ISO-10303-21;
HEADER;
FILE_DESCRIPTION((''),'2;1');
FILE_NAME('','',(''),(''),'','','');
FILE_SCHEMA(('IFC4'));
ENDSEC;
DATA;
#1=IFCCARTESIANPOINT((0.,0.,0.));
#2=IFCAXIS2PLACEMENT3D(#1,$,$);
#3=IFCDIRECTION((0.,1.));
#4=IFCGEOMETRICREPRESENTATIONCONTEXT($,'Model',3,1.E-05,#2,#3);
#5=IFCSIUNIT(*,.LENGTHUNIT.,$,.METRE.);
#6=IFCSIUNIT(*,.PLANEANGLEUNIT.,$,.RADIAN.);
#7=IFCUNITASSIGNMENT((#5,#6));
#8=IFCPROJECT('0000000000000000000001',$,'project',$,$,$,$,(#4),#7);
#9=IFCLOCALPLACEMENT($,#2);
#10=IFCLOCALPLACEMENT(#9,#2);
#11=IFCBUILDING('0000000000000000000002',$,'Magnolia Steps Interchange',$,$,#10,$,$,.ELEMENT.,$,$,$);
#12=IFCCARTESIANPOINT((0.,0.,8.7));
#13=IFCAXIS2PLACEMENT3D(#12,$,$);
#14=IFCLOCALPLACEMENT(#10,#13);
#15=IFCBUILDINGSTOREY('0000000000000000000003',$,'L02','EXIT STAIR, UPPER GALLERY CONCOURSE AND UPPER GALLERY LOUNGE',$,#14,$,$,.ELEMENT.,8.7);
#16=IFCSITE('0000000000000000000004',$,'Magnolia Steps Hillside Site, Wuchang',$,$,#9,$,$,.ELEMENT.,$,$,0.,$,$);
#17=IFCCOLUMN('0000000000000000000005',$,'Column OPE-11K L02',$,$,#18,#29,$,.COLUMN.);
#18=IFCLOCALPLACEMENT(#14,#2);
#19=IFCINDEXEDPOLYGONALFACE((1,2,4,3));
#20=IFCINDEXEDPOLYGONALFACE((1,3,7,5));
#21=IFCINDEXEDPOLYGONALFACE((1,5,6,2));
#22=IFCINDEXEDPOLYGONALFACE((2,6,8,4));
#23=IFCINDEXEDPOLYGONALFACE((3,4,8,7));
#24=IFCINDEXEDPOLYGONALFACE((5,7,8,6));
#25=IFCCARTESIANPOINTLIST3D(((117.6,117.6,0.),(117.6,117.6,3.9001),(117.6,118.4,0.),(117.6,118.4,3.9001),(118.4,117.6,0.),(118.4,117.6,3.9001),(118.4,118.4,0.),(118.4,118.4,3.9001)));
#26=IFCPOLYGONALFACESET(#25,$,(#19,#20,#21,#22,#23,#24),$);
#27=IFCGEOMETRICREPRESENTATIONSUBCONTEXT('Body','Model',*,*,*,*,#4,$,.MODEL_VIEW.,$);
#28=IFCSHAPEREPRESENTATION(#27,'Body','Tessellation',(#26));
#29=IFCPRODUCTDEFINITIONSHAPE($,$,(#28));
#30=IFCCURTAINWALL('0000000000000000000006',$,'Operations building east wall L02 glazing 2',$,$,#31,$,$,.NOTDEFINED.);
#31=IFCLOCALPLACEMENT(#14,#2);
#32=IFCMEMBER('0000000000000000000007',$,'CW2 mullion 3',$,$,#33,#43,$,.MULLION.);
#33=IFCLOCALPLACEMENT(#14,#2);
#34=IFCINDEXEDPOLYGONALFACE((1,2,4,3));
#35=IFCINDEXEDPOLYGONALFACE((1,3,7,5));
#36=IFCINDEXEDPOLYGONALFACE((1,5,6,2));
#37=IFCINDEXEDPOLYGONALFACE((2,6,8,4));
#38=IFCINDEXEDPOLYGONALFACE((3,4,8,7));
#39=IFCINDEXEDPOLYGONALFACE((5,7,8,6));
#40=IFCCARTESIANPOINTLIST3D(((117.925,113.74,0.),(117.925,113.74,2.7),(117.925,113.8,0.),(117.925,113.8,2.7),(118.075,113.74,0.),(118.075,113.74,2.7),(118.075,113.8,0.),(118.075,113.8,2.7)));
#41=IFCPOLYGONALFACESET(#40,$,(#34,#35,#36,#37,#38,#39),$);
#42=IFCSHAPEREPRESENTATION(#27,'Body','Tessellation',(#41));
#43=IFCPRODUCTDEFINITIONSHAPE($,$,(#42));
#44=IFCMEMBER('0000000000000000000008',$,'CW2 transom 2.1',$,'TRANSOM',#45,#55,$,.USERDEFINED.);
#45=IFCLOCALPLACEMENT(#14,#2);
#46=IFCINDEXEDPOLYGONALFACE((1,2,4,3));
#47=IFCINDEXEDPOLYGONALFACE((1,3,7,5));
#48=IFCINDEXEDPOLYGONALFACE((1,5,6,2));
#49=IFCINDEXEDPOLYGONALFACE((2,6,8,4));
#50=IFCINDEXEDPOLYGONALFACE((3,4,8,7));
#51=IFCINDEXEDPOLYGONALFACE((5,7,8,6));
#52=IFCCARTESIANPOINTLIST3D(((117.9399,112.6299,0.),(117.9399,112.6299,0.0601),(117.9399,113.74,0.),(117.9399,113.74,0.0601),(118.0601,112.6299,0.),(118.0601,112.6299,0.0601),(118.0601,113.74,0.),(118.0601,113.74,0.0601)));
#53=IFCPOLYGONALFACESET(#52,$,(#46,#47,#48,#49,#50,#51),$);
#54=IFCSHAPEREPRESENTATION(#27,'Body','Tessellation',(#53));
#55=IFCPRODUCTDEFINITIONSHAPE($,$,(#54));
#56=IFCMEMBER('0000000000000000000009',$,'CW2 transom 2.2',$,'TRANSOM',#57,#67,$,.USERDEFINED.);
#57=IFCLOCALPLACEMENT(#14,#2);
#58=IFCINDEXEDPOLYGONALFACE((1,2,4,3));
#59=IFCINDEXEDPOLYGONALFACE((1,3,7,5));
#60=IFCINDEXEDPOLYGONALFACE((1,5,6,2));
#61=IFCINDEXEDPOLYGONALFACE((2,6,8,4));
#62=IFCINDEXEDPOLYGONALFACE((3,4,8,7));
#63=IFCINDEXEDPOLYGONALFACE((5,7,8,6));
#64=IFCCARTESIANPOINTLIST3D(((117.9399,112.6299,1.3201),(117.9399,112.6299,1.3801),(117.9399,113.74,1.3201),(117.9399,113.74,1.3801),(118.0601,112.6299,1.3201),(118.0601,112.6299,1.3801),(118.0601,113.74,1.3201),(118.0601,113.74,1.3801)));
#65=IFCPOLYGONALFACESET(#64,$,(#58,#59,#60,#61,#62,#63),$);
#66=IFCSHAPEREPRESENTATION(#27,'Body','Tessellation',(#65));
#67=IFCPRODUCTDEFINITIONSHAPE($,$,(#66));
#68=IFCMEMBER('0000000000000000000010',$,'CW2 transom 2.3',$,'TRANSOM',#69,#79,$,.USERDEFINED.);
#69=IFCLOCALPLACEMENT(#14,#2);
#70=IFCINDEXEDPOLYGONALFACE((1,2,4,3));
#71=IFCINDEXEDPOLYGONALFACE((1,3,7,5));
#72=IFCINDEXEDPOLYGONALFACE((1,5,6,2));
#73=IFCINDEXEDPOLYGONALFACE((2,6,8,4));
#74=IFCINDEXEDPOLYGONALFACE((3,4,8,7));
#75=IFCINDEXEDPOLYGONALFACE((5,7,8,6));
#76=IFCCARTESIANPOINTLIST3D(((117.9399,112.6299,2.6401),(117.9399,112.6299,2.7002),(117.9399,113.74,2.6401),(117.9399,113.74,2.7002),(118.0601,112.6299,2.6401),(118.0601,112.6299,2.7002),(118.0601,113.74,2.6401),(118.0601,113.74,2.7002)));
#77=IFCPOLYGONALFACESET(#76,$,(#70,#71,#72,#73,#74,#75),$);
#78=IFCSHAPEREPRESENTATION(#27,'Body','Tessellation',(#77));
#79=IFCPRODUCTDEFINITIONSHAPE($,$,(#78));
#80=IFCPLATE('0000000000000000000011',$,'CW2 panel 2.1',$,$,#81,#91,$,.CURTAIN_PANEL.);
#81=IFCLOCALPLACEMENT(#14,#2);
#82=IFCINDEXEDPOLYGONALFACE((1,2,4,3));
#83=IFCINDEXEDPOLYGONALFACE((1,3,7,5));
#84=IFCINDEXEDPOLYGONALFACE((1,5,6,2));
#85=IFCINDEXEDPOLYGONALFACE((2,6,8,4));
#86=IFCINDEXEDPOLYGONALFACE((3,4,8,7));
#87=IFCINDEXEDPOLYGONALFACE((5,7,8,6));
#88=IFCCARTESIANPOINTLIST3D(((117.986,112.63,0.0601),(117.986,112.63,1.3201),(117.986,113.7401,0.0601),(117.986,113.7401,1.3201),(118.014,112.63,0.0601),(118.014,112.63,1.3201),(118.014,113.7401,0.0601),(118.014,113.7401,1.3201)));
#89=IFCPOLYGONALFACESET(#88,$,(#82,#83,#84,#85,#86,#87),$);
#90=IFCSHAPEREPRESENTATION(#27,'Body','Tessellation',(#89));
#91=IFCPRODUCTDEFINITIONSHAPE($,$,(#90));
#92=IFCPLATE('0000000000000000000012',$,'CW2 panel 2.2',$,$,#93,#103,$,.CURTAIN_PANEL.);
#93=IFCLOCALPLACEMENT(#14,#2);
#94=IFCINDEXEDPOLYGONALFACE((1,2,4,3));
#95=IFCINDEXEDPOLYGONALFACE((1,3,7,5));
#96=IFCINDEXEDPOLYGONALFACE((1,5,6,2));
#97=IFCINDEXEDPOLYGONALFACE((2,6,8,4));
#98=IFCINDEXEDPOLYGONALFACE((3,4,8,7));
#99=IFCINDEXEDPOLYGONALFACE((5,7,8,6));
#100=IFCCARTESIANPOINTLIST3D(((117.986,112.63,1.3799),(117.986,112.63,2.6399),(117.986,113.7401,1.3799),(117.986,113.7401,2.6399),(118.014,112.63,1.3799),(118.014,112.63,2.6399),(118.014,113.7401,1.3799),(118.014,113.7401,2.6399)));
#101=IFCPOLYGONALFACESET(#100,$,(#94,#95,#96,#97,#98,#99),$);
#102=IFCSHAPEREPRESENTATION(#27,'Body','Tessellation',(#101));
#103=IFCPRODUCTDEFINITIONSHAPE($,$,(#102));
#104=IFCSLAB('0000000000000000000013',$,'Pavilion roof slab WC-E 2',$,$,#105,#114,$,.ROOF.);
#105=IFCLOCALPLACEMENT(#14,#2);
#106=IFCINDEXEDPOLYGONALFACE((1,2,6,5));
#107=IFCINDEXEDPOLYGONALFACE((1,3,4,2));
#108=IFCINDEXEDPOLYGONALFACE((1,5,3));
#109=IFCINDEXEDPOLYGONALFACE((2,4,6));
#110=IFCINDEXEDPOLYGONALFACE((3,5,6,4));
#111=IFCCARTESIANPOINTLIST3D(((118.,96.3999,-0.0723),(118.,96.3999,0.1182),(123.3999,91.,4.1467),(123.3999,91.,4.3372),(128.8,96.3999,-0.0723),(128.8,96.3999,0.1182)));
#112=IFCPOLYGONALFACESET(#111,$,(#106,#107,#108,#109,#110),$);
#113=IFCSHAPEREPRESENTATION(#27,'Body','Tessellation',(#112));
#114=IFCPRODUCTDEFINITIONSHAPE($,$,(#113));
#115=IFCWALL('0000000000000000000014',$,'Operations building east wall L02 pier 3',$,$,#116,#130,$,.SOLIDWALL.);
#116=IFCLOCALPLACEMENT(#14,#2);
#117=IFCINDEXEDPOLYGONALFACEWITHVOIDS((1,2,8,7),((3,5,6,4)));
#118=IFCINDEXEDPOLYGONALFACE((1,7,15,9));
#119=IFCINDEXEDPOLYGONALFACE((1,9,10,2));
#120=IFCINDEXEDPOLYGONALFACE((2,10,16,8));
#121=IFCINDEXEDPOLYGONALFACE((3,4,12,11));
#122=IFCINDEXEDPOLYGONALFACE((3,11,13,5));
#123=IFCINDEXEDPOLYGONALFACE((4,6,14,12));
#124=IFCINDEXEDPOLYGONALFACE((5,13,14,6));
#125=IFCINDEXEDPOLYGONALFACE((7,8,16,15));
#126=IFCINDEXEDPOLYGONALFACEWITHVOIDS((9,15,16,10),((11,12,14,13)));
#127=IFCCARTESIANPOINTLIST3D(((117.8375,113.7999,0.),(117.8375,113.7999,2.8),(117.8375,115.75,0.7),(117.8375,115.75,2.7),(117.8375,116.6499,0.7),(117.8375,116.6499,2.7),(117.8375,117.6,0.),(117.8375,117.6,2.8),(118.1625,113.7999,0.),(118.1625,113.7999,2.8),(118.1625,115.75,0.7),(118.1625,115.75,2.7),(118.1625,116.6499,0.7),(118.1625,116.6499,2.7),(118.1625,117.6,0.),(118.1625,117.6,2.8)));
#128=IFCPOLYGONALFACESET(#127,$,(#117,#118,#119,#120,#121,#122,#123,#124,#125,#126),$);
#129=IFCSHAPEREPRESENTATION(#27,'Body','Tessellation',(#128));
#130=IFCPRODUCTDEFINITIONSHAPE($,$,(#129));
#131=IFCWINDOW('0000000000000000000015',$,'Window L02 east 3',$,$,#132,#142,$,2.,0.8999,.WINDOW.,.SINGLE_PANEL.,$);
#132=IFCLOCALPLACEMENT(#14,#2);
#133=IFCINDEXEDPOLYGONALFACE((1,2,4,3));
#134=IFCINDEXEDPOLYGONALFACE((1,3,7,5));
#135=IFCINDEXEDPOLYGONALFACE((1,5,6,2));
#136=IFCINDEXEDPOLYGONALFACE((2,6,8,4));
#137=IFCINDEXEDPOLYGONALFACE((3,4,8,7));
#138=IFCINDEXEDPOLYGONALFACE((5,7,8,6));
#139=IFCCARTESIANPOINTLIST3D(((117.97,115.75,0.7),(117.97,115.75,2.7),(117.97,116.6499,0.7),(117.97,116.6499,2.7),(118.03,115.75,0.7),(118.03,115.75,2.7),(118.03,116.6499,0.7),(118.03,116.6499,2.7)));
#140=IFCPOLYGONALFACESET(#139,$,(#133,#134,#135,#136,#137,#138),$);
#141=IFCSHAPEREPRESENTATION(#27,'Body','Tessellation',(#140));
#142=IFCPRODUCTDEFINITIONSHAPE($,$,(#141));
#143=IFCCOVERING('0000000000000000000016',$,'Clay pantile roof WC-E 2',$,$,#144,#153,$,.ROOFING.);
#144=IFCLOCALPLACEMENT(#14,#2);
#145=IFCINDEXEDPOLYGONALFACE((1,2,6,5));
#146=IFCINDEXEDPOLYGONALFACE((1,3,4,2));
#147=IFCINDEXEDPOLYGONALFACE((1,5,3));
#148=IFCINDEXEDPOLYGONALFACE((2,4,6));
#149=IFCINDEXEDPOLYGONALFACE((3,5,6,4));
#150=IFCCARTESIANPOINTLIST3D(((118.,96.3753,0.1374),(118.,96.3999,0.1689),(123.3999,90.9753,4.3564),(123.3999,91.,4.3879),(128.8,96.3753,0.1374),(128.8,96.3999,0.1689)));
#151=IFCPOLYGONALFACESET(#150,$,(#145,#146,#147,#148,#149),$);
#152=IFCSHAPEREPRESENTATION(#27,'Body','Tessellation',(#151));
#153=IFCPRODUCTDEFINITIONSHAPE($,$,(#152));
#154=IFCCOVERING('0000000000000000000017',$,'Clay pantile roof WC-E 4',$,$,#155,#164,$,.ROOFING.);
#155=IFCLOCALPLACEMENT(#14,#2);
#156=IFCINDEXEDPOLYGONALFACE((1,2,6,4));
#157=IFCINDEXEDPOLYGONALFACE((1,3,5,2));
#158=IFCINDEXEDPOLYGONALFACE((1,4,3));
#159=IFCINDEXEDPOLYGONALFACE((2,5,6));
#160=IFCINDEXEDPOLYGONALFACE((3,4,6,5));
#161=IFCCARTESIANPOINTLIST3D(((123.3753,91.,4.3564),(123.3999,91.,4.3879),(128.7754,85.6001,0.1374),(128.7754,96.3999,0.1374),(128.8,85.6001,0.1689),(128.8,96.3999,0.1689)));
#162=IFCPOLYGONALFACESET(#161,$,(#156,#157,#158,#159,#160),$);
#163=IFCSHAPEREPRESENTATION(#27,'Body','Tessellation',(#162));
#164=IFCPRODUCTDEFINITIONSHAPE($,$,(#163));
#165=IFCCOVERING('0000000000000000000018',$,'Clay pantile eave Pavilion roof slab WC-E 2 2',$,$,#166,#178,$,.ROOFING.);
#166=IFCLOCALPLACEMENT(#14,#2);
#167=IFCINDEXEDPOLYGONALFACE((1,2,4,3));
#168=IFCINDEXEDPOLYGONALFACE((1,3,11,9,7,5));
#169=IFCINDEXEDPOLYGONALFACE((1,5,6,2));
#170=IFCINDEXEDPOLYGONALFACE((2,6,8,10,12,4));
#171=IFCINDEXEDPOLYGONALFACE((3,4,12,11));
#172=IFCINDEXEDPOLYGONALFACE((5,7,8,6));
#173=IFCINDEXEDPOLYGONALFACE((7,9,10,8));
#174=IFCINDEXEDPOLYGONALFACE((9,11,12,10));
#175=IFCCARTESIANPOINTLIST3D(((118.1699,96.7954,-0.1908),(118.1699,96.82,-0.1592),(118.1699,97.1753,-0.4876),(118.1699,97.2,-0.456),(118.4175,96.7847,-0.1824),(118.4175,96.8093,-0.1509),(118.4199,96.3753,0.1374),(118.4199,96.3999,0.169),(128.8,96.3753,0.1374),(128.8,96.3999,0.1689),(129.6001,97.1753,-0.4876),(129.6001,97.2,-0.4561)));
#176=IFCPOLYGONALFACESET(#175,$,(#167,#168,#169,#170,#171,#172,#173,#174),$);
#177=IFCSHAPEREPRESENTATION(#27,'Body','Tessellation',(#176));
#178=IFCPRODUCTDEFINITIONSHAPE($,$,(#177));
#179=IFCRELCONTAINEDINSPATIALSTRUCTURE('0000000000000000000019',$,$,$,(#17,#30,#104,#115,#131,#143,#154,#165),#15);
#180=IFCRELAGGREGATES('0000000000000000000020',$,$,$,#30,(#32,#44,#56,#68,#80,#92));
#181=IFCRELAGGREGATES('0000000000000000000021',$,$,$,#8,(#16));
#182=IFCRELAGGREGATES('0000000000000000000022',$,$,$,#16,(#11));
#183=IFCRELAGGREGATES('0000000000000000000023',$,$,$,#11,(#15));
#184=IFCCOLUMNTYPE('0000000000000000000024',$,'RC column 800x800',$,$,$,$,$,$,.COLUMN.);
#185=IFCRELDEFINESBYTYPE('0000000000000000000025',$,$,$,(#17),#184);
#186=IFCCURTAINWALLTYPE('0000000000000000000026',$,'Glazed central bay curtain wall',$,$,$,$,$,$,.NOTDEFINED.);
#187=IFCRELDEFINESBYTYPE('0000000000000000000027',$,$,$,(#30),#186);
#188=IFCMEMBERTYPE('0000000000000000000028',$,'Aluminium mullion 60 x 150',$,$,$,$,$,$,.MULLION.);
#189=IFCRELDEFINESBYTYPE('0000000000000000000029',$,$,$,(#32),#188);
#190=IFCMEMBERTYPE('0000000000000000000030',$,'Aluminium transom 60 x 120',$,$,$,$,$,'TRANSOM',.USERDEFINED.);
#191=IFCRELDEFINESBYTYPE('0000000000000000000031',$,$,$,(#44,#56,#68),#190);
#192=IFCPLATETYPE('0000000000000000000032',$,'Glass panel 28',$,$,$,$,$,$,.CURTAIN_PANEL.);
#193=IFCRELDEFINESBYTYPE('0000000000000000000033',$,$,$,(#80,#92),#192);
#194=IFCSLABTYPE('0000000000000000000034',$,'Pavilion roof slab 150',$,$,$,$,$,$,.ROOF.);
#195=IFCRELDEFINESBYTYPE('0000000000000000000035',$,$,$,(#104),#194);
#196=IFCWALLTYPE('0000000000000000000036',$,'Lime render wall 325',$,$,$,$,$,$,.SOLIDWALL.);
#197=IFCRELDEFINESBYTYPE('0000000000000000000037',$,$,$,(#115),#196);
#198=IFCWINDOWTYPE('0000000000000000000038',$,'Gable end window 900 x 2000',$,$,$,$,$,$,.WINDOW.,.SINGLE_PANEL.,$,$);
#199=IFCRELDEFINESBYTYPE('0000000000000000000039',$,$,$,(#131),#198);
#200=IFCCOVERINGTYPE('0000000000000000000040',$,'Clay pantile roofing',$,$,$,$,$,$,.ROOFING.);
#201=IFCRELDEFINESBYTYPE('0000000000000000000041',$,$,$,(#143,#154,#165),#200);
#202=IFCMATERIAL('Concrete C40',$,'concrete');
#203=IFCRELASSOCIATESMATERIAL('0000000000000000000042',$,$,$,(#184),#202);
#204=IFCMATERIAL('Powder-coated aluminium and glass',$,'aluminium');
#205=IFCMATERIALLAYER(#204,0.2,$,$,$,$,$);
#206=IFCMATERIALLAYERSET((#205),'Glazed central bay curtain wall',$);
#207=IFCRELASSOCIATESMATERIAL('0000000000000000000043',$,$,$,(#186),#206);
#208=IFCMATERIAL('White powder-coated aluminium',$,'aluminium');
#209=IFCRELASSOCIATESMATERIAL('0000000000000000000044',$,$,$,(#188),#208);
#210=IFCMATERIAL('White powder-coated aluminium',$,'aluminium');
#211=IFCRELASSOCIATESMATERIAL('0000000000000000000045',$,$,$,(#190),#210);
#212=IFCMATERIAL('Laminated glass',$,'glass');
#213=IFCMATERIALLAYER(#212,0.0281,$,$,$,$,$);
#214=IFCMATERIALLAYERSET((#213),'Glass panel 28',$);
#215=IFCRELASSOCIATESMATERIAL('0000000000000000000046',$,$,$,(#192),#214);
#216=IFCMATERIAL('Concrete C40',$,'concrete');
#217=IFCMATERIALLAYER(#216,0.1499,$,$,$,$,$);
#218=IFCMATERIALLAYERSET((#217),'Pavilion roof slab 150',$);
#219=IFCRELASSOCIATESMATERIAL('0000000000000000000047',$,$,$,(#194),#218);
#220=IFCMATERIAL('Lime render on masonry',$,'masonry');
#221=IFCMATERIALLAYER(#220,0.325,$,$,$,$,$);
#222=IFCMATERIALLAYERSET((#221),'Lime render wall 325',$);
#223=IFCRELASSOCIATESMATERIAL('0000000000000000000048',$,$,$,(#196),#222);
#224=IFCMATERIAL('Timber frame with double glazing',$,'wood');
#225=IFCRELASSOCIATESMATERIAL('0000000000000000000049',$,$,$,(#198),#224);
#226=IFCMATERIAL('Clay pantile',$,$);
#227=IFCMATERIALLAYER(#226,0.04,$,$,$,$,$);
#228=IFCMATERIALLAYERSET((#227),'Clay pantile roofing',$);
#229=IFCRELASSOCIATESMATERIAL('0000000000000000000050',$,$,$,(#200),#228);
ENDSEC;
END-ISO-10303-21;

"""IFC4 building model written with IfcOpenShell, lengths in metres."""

from ifc_helpers import new_model, si_unit, direction, frame, frame_2d, origin, origin_2d, place, context, subcontext, project, spatial, polyline, rectangle, outline, extrude, material, layer, layer_set, material_profile, profile_set, type_object, element, fill, aggregate, save


model = new_model("IFC4")

# Units and contexts
model_context = context("Model", 3, precision=1e-05, world=origin(), true_north=direction((0.0, 1.0)))
body_context = subcontext(model_context, "Body", "Model", "MODEL_VIEW")
ifc_project = project(units=[si_unit("LENGTHUNIT", "METRE"), si_unit("PLANEANGLEUNIT", "RADIAN")], contexts=[model_context])

# Site, building, storey
site_placement = place(None, origin())
site = spatial("IfcSite", under=ifc_project, at=site_placement, Name="Magnolia Steps Hillside Site, Wuchang", CompositionType="ELEMENT", RefElevation=0.0)
building_placement = place(site_placement, origin())
building = spatial("IfcBuilding", under=site, at=building_placement, Name="Magnolia Steps Interchange", CompositionType="ELEMENT")
storey_placement = place(building_placement, frame((0.0, 0.0, 8.7)))
storey = spatial("IfcBuildingStorey", under=building, at=storey_placement, Name="L02", Description="EXIT STAIR, UPPER GALLERY CONCOURSE AND UPPER GALLERY LOUNGE", CompositionType="ELEMENT", Elevation=8.7)

# Column
ifc_material_1 = material(Name="Concrete C40", Category="concrete")
ifc_material_profile_1 = material_profile(ifc_material_1, rectangle(XDim=0.8, YDim=0.8, at=origin_2d()), Name="RC800x800")
ifc_profile_set_1 = profile_set([ifc_material_profile_1], Name="Concrete C40")
column_type = type_object("IfcColumnType", Name="RC column 800x800", PredefinedType="COLUMN", material=ifc_profile_set_1)
column_placement = place(storey_placement, frame((118.0, 118.0, 0.0), z_axis=(0.0, 0.0, 1.0), x_axis=(1.0, 0.0, 0.0)))
element("IfcColumn", 1, at=column_placement, inside=storey, type_object=column_type, Name="Column OPE-11K L02", PredefinedType="COLUMN", context=body_context, shape_type="SweptSolid", body=[
    extrude(rectangle(XDim=0.8, YDim=0.8, at=origin_2d()), origin(), (0.0, 0.0, 1.0), 3.9001),
])

# Curtain wall, members, plates
ifc_material_2 = material(Name="Powder-coated aluminium and glass", Category="aluminium")
ifc_layer_1 = layer(ifc_material_2, 0.2)
ifc_layer_set_1 = layer_set([ifc_layer_1], Name="Glazed central bay curtain wall")
curtain_wall_type = type_object("IfcCurtainWallType", Name="Glazed central bay curtain wall", PredefinedType="NOTDEFINED", material=ifc_layer_set_1)
curtain_wall_placement = place(storey_placement, origin())
curtain_wall = element("IfcCurtainWall", 2, at=curtain_wall_placement, inside=storey, type_object=curtain_wall_type, Name="Operations building east wall L02 glazing 2", PredefinedType="NOTDEFINED")
ifc_material_3 = material(Name="White powder-coated aluminium", Category="aluminium")
ifc_material_profile_2 = material_profile(ifc_material_3, rectangle(XDim=0.0601, YDim=0.1499, at=origin_2d()), Name="Aluminium mullion 60 x 150")
ifc_profile_set_2 = profile_set([ifc_material_profile_2], Name="White powder-coated aluminium")
member_type_1 = type_object("IfcMemberType", Name="Aluminium mullion 60 x 150", PredefinedType="MULLION", material=ifc_profile_set_2)
member_1_placement = place(storey_placement, frame((118.0, 113.77, 0.0), z_axis=(0.0, 0.0, 1.0), x_axis=(0.0, 1.0, 0.0)))
member_1 = element("IfcMember", 3, at=member_1_placement, type_object=member_type_1, Name="CW2 mullion 3", PredefinedType="MULLION", context=body_context, shape_type="SweptSolid", body=[
    extrude(rectangle(XDim=0.0601, YDim=0.1499, at=origin_2d()), origin(), (0.0, 0.0, 1.0), 2.7),
])
ifc_material_4 = material(Name="White powder-coated aluminium", Category="aluminium")
ifc_material_profile_3 = material_profile(ifc_material_4, rectangle(XDim=0.0601, YDim=0.1201, at=origin_2d()), Name="Aluminium transom 60 x 120")
ifc_profile_set_3 = profile_set([ifc_material_profile_3], Name="White powder-coated aluminium")
member_type_2 = type_object("IfcMemberType", Name="Aluminium transom 60 x 120", ElementType="TRANSOM", PredefinedType="USERDEFINED", material=ifc_profile_set_3)
member_2_placement = place(storey_placement, frame((118.0, 112.6299, 0.03), z_axis=(0.0, 1.0, 0.0), x_axis=(0.0, 0.0, 1.0)))
member_2 = element("IfcMember", 4, at=member_2_placement, type_object=member_type_2, Name="CW2 transom 2.1", ObjectType="TRANSOM", PredefinedType="USERDEFINED", context=body_context, shape_type="SweptSolid", body=[
    extrude(rectangle(XDim=0.0601, YDim=0.1201, at=origin_2d()), origin(), (0.0, 0.0, 1.0), 1.1101),
])
member_3_placement = place(storey_placement, frame((118.0, 112.6299, 1.3501), z_axis=(0.0, 1.0, 0.0), x_axis=(0.0, 0.0, 1.0)))
member_3 = element("IfcMember", 5, at=member_3_placement, type_object=member_type_2, Name="CW2 transom 2.2", ObjectType="TRANSOM", PredefinedType="USERDEFINED", context=body_context, shape_type="SweptSolid", body=[
    extrude(rectangle(XDim=0.0601, YDim=0.1201, at=origin_2d()), origin(), (0.0, 0.0, 1.0), 1.1101),
])
member_4_placement = place(storey_placement, frame((118.0, 112.6299, 2.6702), z_axis=(0.0, 1.0, 0.0), x_axis=(0.0, 0.0, 1.0)))
member_4 = element("IfcMember", 6, at=member_4_placement, type_object=member_type_2, Name="CW2 transom 2.3", ObjectType="TRANSOM", PredefinedType="USERDEFINED", context=body_context, shape_type="SweptSolid", body=[
    extrude(rectangle(XDim=0.0601, YDim=0.1201, at=origin_2d()), origin(), (0.0, 0.0, 1.0), 1.1101),
])
ifc_material_5 = material(Name="Laminated glass", Category="glass")
ifc_layer_2 = layer(ifc_material_5, 0.0281)
ifc_layer_set_2 = layer_set([ifc_layer_2], Name="Glass panel 28")
plate_type = type_object("IfcPlateType", Name="Glass panel 28", PredefinedType="CURTAIN_PANEL", material=ifc_layer_set_2)
plate_1_placement = place(storey_placement, frame((118.0, 113.1851, 0.0601), z_axis=(0.0, 0.0, 1.0), x_axis=(0.0, 1.0, 0.0)))
plate_1 = element("IfcPlate", 7, at=plate_1_placement, type_object=plate_type, Name="CW2 panel 2.1", PredefinedType="CURTAIN_PANEL", context=body_context, shape_type="SweptSolid", body=[
    extrude(rectangle(XDim=1.1101, YDim=0.0281, at=origin_2d()), origin(), (0.0, 0.0, 1.0), 1.26),
])
plate_2_placement = place(storey_placement, frame((118.0, 113.1851, 1.3799), z_axis=(0.0, 0.0, 1.0), x_axis=(0.0, 1.0, 0.0)))
plate_2 = element("IfcPlate", 8, at=plate_2_placement, type_object=plate_type, Name="CW2 panel 2.2", PredefinedType="CURTAIN_PANEL", context=body_context, shape_type="SweptSolid", body=[
    extrude(rectangle(XDim=1.1101, YDim=0.0281, at=origin_2d()), origin(), (0.0, 0.0, 1.0), 1.26),
])
aggregate(curtain_wall, [member_1, member_2, member_3, member_4, plate_1, plate_2])

# Slab
ifc_material_6 = material(Name="Concrete C40", Category="concrete")
ifc_layer_3 = layer(ifc_material_6, 0.1499)
ifc_layer_set_3 = layer_set([ifc_layer_3], Name="Pavilion roof slab 150")
slab_type = type_object("IfcSlabType", Name="Pavilion roof slab 150", PredefinedType="ROOF", material=ifc_layer_set_3)
slab_placement = place(storey_placement, frame((128.8, 96.3999, 0.1182), z_axis=(0.0, 0.615673, 0.788002), x_axis=(-1.0, 0.0, 0.0)))
element("IfcSlab", 9, at=slab_placement, inside=storey, type_object=slab_type, Name="Pavilion roof slab WC-E 2", PredefinedType="ROOF", context=body_context, shape_type="SweptSolid", body=[
    extrude(outline(polyline([(0.0, 0.0), (10.8, 0.0), (5.4001, 6.8527), (0.0, 0.0)])), origin(), (0.0, -0.615673, -0.788002), 0.1904),
])

# Wall, opening, window
ifc_material_7 = material(Name="Lime render on masonry", Category="masonry")
ifc_layer_4 = layer(ifc_material_7, 0.325)
ifc_layer_set_4 = layer_set([ifc_layer_4], Name="Lime render wall 325")
wall_type = type_object("IfcWallType", Name="Lime render wall 325", PredefinedType="SOLIDWALL", material=ifc_layer_set_4)
wall_placement = place(storey_placement, frame((118.0, 113.8, 0.0), z_axis=(0.0, 0.0, 1.0), x_axis=(0.0, 1.0, 0.0)))
wall = element("IfcWall", 10, at=wall_placement, inside=storey, type_object=wall_type, Name="Operations building east wall L02 pier 3", PredefinedType="SOLIDWALL", context=body_context, shape_type="SweptSolid", body=[
    extrude(rectangle(XDim=3.8, YDim=0.325, at=frame_2d((1.8999, 0.0))), origin(), (0.0, 0.0, 1.0), 2.8),
])
opening_placement = place(wall_placement, frame((1.95, 0.0, 0.7)))
opening = element("IfcOpeningElement", 11, at=opening_placement, cuts=wall, PredefinedType="OPENING", context=body_context, shape_type="SweptSolid", body=[
    extrude(rectangle(XDim=0.8999, YDim=2.0, at=frame_2d((0.45, 1.0))), frame((0.0, 0.1724, 0.0), z_axis=(0.0, -1.0, 0.0), x_axis=(1.0, 0.0, 0.0)), (0.0, 0.0, 1.0), 0.345),
])
ifc_material_8 = material(Name="Timber frame with double glazing", Category="wood")
window_type = type_object("IfcWindowType", Name="Gable end window 900 x 2000", PartitioningType="SINGLE_PANEL", PredefinedType="WINDOW", material=ifc_material_8)
window_placement = place(opening_placement, origin())
window = element("IfcWindow", 12, at=window_placement, inside=storey, type_object=window_type, Name="Window L02 east 3", OverallHeight=2.0, OverallWidth=0.8999, PartitioningType="SINGLE_PANEL", PredefinedType="WINDOW", context=body_context, shape_type="SweptSolid", body=[
    extrude(rectangle(XDim=0.8999, YDim=2.0, at=frame_2d((0.45, 1.0))), frame((0.0, 0.03, 0.0), z_axis=(0.0, -1.0, 0.0), x_axis=(1.0, 0.0, 0.0)), (0.0, 0.0, 1.0), 0.0601),
])
fill(opening, window)

# Coverings
ifc_material_9 = material(Name="Clay pantile")
ifc_layer_5 = layer(ifc_material_9, 0.04)
ifc_layer_set_5 = layer_set([ifc_layer_5], Name="Clay pantile roofing")
covering_type_1 = type_object("IfcCoveringType", Name="Clay pantile roofing", PredefinedType="ROOFING", material=ifc_layer_set_5)
covering_1_placement = place(storey_placement, frame((128.8, 96.3999, 0.1689), z_axis=(0.0, 0.615673, 0.788002), x_axis=(-1.0, 0.0, 0.0)))
element("IfcCovering", 13, at=covering_1_placement, inside=storey, type_object=covering_type_1, Name="Clay pantile roof WC-E 2", PredefinedType="ROOFING", context=body_context, shape_type="SweptSolid", body=[
    extrude(outline(polyline([(0.0, 0.0), (10.8, 0.0), (5.4001, 6.8527), (0.0, 0.0)])), origin(), (0.0, 0.0, -1.0), 0.04),
])
covering_2_placement = place(storey_placement, frame((128.8, 85.6001, 0.1689), z_axis=(0.615656, 0.0, 0.788015), x_axis=(0.0, 1.0, 0.0)))
element("IfcCovering", 14, at=covering_2_placement, inside=storey, type_object=covering_type_1, Name="Clay pantile roof WC-E 4", PredefinedType="ROOFING", context=body_context, shape_type="SweptSolid", body=[
    extrude(outline(polyline([(0.0, 0.0), (10.7998, 0.0), (5.3999, 6.8528), (0.0, 0.0)])), origin(), (0.0, 0.0, -1.0), 0.04),
])
covering_3_placement = place(storey_placement, frame((129.6001, 97.2, -0.4561), z_axis=(0.000002, 0.615622, 0.788042), x_axis=(-0.618952, -0.61895, 0.483528)))
element("IfcCovering", 15, at=covering_3_placement, inside=storey, type_object=covering_type_1, Name="Clay pantile eave Pavilion roof slab WC-E 2 2", PredefinedType="ROOFING", context=body_context, shape_type="SweptSolid", body=[
    extrude(outline(polyline([(0.0, 0.0), (1.2926, 0.0), (7.7174, -8.1529), (7.3108, -8.4763), (7.4534, -8.6792), (7.0747, -8.9776), (0.0, 0.0)])), origin(), (0.0, 0.0, -1.0), 0.04),
])

save(model, "model.ifc")
